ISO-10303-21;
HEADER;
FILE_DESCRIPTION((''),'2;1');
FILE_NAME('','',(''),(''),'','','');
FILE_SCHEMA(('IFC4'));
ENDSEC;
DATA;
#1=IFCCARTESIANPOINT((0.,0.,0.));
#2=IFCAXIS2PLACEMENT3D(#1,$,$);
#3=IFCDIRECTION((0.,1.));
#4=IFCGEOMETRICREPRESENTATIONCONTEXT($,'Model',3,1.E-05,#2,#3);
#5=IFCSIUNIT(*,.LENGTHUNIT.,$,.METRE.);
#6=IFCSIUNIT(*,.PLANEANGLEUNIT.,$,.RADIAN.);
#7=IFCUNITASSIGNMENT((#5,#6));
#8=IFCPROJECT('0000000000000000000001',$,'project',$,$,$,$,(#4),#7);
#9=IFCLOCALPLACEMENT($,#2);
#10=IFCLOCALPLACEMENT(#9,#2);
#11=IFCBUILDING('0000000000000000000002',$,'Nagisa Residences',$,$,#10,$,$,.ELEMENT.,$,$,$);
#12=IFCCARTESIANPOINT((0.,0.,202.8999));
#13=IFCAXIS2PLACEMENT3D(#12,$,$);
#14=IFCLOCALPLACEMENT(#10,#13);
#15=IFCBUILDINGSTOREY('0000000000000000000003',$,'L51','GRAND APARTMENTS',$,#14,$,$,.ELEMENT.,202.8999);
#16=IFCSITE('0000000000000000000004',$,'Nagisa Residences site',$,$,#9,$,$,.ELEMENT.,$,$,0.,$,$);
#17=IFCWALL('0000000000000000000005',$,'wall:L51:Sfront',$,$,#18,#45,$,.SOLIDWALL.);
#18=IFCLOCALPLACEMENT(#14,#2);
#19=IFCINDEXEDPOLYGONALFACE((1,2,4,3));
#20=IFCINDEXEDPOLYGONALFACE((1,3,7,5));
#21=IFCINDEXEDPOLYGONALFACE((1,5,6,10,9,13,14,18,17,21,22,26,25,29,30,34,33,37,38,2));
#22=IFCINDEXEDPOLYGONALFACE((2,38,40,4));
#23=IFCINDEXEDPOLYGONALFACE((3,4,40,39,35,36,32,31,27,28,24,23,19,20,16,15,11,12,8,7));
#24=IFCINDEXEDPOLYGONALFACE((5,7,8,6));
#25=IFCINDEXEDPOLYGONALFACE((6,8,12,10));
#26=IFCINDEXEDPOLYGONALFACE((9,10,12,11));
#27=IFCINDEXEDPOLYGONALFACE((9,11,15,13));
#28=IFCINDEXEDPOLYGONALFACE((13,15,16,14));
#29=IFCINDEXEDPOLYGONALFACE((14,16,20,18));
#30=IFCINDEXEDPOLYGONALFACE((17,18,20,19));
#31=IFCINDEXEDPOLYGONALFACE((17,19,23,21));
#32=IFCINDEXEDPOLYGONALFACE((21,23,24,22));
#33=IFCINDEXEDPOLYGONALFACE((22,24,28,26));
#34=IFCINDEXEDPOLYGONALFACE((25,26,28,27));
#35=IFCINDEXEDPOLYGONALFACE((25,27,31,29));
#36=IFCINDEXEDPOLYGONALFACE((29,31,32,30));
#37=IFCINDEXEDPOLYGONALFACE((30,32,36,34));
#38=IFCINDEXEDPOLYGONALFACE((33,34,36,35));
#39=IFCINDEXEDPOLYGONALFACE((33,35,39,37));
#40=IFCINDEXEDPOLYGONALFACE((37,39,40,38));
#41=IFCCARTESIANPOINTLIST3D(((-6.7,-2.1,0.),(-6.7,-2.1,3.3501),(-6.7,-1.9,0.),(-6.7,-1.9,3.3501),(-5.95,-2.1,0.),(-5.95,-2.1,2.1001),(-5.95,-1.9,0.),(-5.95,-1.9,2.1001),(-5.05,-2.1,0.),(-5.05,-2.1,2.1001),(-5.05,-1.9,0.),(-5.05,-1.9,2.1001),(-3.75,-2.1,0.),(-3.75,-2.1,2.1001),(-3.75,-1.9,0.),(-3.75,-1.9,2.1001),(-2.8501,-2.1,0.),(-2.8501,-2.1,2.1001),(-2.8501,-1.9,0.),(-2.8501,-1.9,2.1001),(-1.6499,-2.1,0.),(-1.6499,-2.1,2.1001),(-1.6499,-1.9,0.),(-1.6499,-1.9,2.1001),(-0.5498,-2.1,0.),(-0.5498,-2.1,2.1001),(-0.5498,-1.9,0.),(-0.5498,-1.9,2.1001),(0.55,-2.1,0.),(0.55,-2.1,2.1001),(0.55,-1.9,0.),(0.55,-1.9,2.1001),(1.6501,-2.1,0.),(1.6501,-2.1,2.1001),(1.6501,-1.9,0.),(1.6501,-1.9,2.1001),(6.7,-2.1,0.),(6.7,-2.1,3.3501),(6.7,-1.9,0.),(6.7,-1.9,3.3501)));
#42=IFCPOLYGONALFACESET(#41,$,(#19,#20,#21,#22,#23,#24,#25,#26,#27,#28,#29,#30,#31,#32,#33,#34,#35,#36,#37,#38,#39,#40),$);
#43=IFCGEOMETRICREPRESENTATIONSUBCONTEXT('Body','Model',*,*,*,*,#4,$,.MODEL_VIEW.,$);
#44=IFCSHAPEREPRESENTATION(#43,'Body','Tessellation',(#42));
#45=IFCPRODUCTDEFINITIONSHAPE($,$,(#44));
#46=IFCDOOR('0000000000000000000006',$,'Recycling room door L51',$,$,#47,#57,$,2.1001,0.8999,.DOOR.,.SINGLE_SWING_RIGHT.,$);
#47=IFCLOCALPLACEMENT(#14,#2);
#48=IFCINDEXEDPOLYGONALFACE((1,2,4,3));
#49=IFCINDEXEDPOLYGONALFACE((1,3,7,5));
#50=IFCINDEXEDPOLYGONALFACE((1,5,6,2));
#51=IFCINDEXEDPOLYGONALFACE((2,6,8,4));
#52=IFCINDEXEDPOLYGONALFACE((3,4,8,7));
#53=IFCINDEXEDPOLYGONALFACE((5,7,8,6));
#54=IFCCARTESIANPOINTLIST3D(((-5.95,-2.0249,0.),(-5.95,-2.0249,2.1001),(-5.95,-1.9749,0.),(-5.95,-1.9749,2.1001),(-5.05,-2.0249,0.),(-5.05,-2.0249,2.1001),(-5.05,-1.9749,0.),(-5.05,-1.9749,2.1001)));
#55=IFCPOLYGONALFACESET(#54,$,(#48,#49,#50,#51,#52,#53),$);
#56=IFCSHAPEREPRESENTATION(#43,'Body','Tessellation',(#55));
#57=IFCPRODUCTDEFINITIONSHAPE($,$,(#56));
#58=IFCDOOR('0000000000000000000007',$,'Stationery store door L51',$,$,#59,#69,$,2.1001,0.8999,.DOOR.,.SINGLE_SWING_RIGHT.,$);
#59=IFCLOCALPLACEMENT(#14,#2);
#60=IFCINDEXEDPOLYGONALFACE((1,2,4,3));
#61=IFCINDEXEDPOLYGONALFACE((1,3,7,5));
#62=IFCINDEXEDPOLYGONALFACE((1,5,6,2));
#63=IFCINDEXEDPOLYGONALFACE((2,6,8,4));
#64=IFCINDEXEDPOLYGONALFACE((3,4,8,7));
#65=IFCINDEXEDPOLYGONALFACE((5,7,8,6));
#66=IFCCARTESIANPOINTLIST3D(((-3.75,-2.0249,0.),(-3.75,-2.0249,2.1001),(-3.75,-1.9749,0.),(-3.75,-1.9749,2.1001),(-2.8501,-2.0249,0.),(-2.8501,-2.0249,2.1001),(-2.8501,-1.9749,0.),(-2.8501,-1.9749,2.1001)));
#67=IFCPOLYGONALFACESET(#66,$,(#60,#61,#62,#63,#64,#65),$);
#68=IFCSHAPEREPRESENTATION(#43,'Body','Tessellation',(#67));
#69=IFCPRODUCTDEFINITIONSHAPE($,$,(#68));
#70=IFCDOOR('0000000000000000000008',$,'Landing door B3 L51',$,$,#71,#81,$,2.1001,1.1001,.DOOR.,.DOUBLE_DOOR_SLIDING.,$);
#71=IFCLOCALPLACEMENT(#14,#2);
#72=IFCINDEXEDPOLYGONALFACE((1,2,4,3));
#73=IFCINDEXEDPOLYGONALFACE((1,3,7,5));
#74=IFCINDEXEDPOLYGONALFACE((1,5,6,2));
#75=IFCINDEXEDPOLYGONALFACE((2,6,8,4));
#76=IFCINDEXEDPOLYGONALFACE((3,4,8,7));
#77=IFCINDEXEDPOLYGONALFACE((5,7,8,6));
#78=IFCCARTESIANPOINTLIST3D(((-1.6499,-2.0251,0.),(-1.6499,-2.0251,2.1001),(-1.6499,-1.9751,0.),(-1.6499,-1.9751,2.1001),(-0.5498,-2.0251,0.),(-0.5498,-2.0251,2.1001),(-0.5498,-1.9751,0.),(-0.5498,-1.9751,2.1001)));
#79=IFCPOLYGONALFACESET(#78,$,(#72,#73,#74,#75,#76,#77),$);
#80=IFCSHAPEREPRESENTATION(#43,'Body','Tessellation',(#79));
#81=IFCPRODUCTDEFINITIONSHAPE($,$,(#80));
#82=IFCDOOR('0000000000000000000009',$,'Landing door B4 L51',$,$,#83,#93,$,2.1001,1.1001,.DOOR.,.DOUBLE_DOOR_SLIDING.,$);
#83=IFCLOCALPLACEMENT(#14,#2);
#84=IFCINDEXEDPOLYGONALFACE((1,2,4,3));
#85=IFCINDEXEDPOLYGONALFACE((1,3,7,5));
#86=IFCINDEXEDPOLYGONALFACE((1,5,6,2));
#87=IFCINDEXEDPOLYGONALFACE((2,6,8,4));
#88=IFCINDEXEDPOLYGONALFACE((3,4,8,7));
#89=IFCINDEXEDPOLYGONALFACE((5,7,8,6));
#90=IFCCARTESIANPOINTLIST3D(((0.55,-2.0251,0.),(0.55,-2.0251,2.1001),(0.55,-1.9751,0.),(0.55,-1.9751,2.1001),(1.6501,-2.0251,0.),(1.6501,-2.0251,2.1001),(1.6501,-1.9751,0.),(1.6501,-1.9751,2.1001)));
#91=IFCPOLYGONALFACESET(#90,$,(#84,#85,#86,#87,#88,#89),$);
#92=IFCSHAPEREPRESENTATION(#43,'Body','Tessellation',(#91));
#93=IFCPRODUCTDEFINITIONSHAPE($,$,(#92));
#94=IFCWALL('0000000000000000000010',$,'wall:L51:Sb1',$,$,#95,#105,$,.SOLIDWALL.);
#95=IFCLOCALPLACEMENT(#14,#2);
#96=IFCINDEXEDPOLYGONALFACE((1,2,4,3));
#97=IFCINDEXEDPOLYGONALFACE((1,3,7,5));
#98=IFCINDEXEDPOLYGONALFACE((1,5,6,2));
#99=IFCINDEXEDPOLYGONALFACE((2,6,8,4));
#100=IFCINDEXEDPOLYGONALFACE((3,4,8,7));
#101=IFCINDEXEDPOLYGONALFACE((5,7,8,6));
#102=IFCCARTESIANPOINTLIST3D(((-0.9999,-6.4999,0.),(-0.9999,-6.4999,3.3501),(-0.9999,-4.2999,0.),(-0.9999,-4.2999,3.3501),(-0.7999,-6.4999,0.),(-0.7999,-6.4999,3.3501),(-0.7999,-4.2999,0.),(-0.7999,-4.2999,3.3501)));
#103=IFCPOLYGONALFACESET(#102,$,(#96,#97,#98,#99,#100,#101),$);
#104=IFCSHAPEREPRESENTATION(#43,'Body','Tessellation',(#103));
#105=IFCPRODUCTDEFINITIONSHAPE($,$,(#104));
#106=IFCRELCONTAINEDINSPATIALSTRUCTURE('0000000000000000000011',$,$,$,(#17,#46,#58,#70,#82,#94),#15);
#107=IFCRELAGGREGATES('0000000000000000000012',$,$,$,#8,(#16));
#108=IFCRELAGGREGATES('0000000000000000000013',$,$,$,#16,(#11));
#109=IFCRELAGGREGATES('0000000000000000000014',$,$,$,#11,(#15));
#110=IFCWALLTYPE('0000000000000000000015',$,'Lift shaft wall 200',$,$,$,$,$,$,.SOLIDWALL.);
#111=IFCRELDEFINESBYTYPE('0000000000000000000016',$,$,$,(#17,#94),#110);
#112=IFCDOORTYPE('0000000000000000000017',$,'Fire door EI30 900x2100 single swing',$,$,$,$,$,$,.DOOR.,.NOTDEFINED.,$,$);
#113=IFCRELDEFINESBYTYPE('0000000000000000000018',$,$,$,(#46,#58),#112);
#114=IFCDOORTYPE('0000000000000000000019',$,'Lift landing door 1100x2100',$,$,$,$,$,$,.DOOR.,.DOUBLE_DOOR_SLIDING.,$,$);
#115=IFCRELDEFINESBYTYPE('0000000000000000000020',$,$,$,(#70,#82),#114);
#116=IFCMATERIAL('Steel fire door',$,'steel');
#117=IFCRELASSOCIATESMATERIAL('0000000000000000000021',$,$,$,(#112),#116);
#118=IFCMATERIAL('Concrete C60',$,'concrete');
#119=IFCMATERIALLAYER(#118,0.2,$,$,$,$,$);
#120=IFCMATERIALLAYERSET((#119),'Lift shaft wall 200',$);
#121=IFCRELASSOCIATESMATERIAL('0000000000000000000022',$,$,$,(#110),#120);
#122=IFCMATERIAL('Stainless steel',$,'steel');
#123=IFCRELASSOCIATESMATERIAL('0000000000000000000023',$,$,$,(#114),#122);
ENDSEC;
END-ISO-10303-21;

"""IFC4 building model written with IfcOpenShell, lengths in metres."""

from ifc_helpers import new_model, si_unit, direction, frame, frame_2d, origin, place, context, subcontext, project, spatial, rectangle, extrude, material, layer, layer_set, type_object, element, fill, save


model = new_model("IFC4")

# Units and contexts
model_context = context("Model", 3, precision=1e-05, world=origin(), true_north=direction((0.0, 1.0)))
body_context = subcontext(model_context, "Body", "Model", "MODEL_VIEW")
ifc_project = project(units=[si_unit("LENGTHUNIT", "METRE"), si_unit("PLANEANGLEUNIT", "RADIAN")], contexts=[model_context])

# Site, building, storey
site_placement = place(None, origin())
site = spatial("IfcSite", under=ifc_project, at=site_placement, Name="Nagisa Residences site", CompositionType="ELEMENT", RefElevation=0.0)
building_placement = place(site_placement, origin())
building = spatial("IfcBuilding", under=site, at=building_placement, Name="Nagisa Residences", CompositionType="ELEMENT")
storey_placement = place(building_placement, frame((0.0, 0.0, 202.8999)))
storey = spatial("IfcBuildingStorey", under=building, at=storey_placement, Name="L51", Description="GRAND APARTMENTS", CompositionType="ELEMENT", Elevation=202.8999)

# Shared definitions
ifc_material_1 = material(Name="Steel fire door", Category="steel")
door_type_1 = type_object("IfcDoorType", Name="Fire door EI30 900x2100 single swing", OperationType="NOTDEFINED", PredefinedType="DOOR", material=ifc_material_1)

# Shared definitions
ifc_material_2 = material(Name="Concrete C60", Category="concrete")
ifc_layer_1 = layer(ifc_material_2, 0.2)
ifc_layer_set_1 = layer_set([ifc_layer_1], Name="Lift shaft wall 200")
wall_type_1 = type_object("IfcWallType", Name="Lift shaft wall 200", PredefinedType="SOLIDWALL", material=ifc_layer_set_1)

# Wall, openings, doors
wall_1_placement = place(storey_placement, frame((-6.7, -2.0, 0.0), z_axis=(0.0, 0.0, 1.0), x_axis=(1.0, 0.0, 0.0)))
wall_1 = element("IfcWall", 1, at=wall_1_placement, inside=storey, type_object=wall_type_1, Name="wall:L51:Sfront", PredefinedType="SOLIDWALL", context=body_context, shape_type="SweptSolid", body=[
    extrude(rectangle(XDim=13.3999, YDim=0.2, at=frame_2d((6.7, 0.0))), origin(), (0.0, 0.0, 1.0), 3.3501),
])
opening_1_placement = place(wall_1_placement, frame((5.05, 0.0, 0.0)))
opening_1 = element("IfcOpeningElement", 2, at=opening_1_placement, cuts=wall_1, PredefinedType="OPENING", context=body_context, shape_type="SweptSolid", body=[
    extrude(rectangle(XDim=1.1001, YDim=2.1001, at=frame_2d((0.55, 1.05))), frame((0.0, 0.1099, 0.0), z_axis=(0.0, -1.0, 0.0), x_axis=(1.0, 0.0, 0.0)), (0.0, 0.0, 1.0), 0.22),
])
opening_2_placement = place(wall_1_placement, frame((7.25, 0.0, 0.0)))
opening_2 = element("IfcOpeningElement", 3, at=opening_2_placement, cuts=wall_1, PredefinedType="OPENING", context=body_context, shape_type="SweptSolid", body=[
    extrude(rectangle(XDim=1.1001, YDim=2.1001, at=frame_2d((0.55, 1.05))), frame((0.0, 0.1099, 0.0), z_axis=(0.0, -1.0, 0.0), x_axis=(1.0, 0.0, 0.0)), (0.0, 0.0, 1.0), 0.22),
])
opening_3_placement = place(wall_1_placement, frame((0.75, 0.0, 0.0)))
opening_3 = element("IfcOpeningElement", 4, at=opening_3_placement, cuts=wall_1, PredefinedType="OPENING", context=body_context, shape_type="SweptSolid", body=[
    extrude(rectangle(XDim=0.8999, YDim=2.1001, at=frame_2d((0.45, 1.05))), frame((0.0, 0.1099, 0.0), z_axis=(0.0, -1.0, 0.0), x_axis=(1.0, 0.0, 0.0)), (0.0, 0.0, 1.0), 0.22),
])
opening_4_placement = place(wall_1_placement, frame((2.95, 0.0, 0.0)))
opening_4 = element("IfcOpeningElement", 5, at=opening_4_placement, cuts=wall_1, PredefinedType="OPENING", context=body_context, shape_type="SweptSolid", body=[
    extrude(rectangle(XDim=0.8999, YDim=2.1001, at=frame_2d((0.45, 1.05))), frame((0.0, 0.1099, 0.0), z_axis=(0.0, -1.0, 0.0), x_axis=(1.0, 0.0, 0.0)), (0.0, 0.0, 1.0), 0.22),
])
door_1_placement = place(opening_3_placement, frame((0.8999, 0.0, 0.0), x_axis=(-1.0, 0.0, 0.0)))
door_1 = element("IfcDoor", 6, at=door_1_placement, inside=storey, type_object=door_type_1, Name="Recycling room door L51", OperationType="SINGLE_SWING_RIGHT", OverallHeight=2.1001, OverallWidth=0.8999, PredefinedType="DOOR", context=body_context, shape_type="SweptSolid", body=[
    extrude(rectangle(XDim=0.8999, YDim=2.1001, at=frame_2d((0.45, 1.05))), frame((0.0, 0.0249, 0.0), z_axis=(0.0, -1.0, 0.0), x_axis=(1.0, 0.0, 0.0)), (0.0, 0.0, 1.0), 0.05),
])
fill(opening_3, door_1)
door_2_placement = place(opening_4_placement, frame((0.8999, 0.0, 0.0), x_axis=(-1.0, 0.0, 0.0)))
door_2 = element("IfcDoor", 7, at=door_2_placement, inside=storey, type_object=door_type_1, Name="Stationery store door L51", OperationType="SINGLE_SWING_RIGHT", OverallHeight=2.1001, OverallWidth=0.8999, PredefinedType="DOOR", context=body_context, shape_type="SweptSolid", body=[
    extrude(rectangle(XDim=0.8999, YDim=2.1001, at=frame_2d((0.45, 1.05))), frame((0.0, 0.0249, 0.0), z_axis=(0.0, -1.0, 0.0), x_axis=(1.0, 0.0, 0.0)), (0.0, 0.0, 1.0), 0.05),
])
fill(opening_4, door_2)
ifc_material_3 = material(Name="Stainless steel", Category="steel")
door_type_2 = type_object("IfcDoorType", Name="Lift landing door 1100x2100", OperationType="DOUBLE_DOOR_SLIDING", PredefinedType="DOOR", material=ifc_material_3)
door_3_placement = place(opening_1_placement, origin())
door_3 = element("IfcDoor", 8, at=door_3_placement, inside=storey, type_object=door_type_2, Name="Landing door B3 L51", OperationType="DOUBLE_DOOR_SLIDING", OverallHeight=2.1001, OverallWidth=1.1001, PredefinedType="DOOR", context=body_context, shape_type="SweptSolid", body=[
    extrude(rectangle(XDim=1.1001, YDim=2.1001, at=frame_2d((0.55, 1.05))), frame((0.0, 0.0249, 0.0), z_axis=(0.0, -1.0, 0.0), x_axis=(1.0, 0.0, 0.0)), (0.0, 0.0, 1.0), 0.05),
])
fill(opening_1, door_3)
door_4_placement = place(opening_2_placement, origin())
door_4 = element("IfcDoor", 9, at=door_4_placement, inside=storey, type_object=door_type_2, Name="Landing door B4 L51", OperationType="DOUBLE_DOOR_SLIDING", OverallHeight=2.1001, OverallWidth=1.1001, PredefinedType="DOOR", context=body_context, shape_type="SweptSolid", body=[
    extrude(rectangle(XDim=1.1001, YDim=2.1001, at=frame_2d((0.55, 1.05))), frame((0.0, 0.0249, 0.0), z_axis=(0.0, -1.0, 0.0), x_axis=(1.0, 0.0, 0.0)), (0.0, 0.0, 1.0), 0.05),
])
fill(opening_2, door_4)

# Wall
wall_2_placement = place(storey_placement, frame((-0.8999, -6.5, 0.0), z_axis=(0.0, 0.0, 1.0), x_axis=(0.0, 1.0, 0.0)))
element("IfcWall", 10, at=wall_2_placement, inside=storey, type_object=wall_type_1, Name="wall:L51:Sb1", PredefinedType="SOLIDWALL", context=body_context, shape_type="SweptSolid", body=[
    extrude(rectangle(XDim=2.2, YDim=0.2, at=frame_2d((1.1001, 0.0))), origin(), (0.0, 0.0, 1.0), 3.3501),
])

save(model, "model.ifc")
